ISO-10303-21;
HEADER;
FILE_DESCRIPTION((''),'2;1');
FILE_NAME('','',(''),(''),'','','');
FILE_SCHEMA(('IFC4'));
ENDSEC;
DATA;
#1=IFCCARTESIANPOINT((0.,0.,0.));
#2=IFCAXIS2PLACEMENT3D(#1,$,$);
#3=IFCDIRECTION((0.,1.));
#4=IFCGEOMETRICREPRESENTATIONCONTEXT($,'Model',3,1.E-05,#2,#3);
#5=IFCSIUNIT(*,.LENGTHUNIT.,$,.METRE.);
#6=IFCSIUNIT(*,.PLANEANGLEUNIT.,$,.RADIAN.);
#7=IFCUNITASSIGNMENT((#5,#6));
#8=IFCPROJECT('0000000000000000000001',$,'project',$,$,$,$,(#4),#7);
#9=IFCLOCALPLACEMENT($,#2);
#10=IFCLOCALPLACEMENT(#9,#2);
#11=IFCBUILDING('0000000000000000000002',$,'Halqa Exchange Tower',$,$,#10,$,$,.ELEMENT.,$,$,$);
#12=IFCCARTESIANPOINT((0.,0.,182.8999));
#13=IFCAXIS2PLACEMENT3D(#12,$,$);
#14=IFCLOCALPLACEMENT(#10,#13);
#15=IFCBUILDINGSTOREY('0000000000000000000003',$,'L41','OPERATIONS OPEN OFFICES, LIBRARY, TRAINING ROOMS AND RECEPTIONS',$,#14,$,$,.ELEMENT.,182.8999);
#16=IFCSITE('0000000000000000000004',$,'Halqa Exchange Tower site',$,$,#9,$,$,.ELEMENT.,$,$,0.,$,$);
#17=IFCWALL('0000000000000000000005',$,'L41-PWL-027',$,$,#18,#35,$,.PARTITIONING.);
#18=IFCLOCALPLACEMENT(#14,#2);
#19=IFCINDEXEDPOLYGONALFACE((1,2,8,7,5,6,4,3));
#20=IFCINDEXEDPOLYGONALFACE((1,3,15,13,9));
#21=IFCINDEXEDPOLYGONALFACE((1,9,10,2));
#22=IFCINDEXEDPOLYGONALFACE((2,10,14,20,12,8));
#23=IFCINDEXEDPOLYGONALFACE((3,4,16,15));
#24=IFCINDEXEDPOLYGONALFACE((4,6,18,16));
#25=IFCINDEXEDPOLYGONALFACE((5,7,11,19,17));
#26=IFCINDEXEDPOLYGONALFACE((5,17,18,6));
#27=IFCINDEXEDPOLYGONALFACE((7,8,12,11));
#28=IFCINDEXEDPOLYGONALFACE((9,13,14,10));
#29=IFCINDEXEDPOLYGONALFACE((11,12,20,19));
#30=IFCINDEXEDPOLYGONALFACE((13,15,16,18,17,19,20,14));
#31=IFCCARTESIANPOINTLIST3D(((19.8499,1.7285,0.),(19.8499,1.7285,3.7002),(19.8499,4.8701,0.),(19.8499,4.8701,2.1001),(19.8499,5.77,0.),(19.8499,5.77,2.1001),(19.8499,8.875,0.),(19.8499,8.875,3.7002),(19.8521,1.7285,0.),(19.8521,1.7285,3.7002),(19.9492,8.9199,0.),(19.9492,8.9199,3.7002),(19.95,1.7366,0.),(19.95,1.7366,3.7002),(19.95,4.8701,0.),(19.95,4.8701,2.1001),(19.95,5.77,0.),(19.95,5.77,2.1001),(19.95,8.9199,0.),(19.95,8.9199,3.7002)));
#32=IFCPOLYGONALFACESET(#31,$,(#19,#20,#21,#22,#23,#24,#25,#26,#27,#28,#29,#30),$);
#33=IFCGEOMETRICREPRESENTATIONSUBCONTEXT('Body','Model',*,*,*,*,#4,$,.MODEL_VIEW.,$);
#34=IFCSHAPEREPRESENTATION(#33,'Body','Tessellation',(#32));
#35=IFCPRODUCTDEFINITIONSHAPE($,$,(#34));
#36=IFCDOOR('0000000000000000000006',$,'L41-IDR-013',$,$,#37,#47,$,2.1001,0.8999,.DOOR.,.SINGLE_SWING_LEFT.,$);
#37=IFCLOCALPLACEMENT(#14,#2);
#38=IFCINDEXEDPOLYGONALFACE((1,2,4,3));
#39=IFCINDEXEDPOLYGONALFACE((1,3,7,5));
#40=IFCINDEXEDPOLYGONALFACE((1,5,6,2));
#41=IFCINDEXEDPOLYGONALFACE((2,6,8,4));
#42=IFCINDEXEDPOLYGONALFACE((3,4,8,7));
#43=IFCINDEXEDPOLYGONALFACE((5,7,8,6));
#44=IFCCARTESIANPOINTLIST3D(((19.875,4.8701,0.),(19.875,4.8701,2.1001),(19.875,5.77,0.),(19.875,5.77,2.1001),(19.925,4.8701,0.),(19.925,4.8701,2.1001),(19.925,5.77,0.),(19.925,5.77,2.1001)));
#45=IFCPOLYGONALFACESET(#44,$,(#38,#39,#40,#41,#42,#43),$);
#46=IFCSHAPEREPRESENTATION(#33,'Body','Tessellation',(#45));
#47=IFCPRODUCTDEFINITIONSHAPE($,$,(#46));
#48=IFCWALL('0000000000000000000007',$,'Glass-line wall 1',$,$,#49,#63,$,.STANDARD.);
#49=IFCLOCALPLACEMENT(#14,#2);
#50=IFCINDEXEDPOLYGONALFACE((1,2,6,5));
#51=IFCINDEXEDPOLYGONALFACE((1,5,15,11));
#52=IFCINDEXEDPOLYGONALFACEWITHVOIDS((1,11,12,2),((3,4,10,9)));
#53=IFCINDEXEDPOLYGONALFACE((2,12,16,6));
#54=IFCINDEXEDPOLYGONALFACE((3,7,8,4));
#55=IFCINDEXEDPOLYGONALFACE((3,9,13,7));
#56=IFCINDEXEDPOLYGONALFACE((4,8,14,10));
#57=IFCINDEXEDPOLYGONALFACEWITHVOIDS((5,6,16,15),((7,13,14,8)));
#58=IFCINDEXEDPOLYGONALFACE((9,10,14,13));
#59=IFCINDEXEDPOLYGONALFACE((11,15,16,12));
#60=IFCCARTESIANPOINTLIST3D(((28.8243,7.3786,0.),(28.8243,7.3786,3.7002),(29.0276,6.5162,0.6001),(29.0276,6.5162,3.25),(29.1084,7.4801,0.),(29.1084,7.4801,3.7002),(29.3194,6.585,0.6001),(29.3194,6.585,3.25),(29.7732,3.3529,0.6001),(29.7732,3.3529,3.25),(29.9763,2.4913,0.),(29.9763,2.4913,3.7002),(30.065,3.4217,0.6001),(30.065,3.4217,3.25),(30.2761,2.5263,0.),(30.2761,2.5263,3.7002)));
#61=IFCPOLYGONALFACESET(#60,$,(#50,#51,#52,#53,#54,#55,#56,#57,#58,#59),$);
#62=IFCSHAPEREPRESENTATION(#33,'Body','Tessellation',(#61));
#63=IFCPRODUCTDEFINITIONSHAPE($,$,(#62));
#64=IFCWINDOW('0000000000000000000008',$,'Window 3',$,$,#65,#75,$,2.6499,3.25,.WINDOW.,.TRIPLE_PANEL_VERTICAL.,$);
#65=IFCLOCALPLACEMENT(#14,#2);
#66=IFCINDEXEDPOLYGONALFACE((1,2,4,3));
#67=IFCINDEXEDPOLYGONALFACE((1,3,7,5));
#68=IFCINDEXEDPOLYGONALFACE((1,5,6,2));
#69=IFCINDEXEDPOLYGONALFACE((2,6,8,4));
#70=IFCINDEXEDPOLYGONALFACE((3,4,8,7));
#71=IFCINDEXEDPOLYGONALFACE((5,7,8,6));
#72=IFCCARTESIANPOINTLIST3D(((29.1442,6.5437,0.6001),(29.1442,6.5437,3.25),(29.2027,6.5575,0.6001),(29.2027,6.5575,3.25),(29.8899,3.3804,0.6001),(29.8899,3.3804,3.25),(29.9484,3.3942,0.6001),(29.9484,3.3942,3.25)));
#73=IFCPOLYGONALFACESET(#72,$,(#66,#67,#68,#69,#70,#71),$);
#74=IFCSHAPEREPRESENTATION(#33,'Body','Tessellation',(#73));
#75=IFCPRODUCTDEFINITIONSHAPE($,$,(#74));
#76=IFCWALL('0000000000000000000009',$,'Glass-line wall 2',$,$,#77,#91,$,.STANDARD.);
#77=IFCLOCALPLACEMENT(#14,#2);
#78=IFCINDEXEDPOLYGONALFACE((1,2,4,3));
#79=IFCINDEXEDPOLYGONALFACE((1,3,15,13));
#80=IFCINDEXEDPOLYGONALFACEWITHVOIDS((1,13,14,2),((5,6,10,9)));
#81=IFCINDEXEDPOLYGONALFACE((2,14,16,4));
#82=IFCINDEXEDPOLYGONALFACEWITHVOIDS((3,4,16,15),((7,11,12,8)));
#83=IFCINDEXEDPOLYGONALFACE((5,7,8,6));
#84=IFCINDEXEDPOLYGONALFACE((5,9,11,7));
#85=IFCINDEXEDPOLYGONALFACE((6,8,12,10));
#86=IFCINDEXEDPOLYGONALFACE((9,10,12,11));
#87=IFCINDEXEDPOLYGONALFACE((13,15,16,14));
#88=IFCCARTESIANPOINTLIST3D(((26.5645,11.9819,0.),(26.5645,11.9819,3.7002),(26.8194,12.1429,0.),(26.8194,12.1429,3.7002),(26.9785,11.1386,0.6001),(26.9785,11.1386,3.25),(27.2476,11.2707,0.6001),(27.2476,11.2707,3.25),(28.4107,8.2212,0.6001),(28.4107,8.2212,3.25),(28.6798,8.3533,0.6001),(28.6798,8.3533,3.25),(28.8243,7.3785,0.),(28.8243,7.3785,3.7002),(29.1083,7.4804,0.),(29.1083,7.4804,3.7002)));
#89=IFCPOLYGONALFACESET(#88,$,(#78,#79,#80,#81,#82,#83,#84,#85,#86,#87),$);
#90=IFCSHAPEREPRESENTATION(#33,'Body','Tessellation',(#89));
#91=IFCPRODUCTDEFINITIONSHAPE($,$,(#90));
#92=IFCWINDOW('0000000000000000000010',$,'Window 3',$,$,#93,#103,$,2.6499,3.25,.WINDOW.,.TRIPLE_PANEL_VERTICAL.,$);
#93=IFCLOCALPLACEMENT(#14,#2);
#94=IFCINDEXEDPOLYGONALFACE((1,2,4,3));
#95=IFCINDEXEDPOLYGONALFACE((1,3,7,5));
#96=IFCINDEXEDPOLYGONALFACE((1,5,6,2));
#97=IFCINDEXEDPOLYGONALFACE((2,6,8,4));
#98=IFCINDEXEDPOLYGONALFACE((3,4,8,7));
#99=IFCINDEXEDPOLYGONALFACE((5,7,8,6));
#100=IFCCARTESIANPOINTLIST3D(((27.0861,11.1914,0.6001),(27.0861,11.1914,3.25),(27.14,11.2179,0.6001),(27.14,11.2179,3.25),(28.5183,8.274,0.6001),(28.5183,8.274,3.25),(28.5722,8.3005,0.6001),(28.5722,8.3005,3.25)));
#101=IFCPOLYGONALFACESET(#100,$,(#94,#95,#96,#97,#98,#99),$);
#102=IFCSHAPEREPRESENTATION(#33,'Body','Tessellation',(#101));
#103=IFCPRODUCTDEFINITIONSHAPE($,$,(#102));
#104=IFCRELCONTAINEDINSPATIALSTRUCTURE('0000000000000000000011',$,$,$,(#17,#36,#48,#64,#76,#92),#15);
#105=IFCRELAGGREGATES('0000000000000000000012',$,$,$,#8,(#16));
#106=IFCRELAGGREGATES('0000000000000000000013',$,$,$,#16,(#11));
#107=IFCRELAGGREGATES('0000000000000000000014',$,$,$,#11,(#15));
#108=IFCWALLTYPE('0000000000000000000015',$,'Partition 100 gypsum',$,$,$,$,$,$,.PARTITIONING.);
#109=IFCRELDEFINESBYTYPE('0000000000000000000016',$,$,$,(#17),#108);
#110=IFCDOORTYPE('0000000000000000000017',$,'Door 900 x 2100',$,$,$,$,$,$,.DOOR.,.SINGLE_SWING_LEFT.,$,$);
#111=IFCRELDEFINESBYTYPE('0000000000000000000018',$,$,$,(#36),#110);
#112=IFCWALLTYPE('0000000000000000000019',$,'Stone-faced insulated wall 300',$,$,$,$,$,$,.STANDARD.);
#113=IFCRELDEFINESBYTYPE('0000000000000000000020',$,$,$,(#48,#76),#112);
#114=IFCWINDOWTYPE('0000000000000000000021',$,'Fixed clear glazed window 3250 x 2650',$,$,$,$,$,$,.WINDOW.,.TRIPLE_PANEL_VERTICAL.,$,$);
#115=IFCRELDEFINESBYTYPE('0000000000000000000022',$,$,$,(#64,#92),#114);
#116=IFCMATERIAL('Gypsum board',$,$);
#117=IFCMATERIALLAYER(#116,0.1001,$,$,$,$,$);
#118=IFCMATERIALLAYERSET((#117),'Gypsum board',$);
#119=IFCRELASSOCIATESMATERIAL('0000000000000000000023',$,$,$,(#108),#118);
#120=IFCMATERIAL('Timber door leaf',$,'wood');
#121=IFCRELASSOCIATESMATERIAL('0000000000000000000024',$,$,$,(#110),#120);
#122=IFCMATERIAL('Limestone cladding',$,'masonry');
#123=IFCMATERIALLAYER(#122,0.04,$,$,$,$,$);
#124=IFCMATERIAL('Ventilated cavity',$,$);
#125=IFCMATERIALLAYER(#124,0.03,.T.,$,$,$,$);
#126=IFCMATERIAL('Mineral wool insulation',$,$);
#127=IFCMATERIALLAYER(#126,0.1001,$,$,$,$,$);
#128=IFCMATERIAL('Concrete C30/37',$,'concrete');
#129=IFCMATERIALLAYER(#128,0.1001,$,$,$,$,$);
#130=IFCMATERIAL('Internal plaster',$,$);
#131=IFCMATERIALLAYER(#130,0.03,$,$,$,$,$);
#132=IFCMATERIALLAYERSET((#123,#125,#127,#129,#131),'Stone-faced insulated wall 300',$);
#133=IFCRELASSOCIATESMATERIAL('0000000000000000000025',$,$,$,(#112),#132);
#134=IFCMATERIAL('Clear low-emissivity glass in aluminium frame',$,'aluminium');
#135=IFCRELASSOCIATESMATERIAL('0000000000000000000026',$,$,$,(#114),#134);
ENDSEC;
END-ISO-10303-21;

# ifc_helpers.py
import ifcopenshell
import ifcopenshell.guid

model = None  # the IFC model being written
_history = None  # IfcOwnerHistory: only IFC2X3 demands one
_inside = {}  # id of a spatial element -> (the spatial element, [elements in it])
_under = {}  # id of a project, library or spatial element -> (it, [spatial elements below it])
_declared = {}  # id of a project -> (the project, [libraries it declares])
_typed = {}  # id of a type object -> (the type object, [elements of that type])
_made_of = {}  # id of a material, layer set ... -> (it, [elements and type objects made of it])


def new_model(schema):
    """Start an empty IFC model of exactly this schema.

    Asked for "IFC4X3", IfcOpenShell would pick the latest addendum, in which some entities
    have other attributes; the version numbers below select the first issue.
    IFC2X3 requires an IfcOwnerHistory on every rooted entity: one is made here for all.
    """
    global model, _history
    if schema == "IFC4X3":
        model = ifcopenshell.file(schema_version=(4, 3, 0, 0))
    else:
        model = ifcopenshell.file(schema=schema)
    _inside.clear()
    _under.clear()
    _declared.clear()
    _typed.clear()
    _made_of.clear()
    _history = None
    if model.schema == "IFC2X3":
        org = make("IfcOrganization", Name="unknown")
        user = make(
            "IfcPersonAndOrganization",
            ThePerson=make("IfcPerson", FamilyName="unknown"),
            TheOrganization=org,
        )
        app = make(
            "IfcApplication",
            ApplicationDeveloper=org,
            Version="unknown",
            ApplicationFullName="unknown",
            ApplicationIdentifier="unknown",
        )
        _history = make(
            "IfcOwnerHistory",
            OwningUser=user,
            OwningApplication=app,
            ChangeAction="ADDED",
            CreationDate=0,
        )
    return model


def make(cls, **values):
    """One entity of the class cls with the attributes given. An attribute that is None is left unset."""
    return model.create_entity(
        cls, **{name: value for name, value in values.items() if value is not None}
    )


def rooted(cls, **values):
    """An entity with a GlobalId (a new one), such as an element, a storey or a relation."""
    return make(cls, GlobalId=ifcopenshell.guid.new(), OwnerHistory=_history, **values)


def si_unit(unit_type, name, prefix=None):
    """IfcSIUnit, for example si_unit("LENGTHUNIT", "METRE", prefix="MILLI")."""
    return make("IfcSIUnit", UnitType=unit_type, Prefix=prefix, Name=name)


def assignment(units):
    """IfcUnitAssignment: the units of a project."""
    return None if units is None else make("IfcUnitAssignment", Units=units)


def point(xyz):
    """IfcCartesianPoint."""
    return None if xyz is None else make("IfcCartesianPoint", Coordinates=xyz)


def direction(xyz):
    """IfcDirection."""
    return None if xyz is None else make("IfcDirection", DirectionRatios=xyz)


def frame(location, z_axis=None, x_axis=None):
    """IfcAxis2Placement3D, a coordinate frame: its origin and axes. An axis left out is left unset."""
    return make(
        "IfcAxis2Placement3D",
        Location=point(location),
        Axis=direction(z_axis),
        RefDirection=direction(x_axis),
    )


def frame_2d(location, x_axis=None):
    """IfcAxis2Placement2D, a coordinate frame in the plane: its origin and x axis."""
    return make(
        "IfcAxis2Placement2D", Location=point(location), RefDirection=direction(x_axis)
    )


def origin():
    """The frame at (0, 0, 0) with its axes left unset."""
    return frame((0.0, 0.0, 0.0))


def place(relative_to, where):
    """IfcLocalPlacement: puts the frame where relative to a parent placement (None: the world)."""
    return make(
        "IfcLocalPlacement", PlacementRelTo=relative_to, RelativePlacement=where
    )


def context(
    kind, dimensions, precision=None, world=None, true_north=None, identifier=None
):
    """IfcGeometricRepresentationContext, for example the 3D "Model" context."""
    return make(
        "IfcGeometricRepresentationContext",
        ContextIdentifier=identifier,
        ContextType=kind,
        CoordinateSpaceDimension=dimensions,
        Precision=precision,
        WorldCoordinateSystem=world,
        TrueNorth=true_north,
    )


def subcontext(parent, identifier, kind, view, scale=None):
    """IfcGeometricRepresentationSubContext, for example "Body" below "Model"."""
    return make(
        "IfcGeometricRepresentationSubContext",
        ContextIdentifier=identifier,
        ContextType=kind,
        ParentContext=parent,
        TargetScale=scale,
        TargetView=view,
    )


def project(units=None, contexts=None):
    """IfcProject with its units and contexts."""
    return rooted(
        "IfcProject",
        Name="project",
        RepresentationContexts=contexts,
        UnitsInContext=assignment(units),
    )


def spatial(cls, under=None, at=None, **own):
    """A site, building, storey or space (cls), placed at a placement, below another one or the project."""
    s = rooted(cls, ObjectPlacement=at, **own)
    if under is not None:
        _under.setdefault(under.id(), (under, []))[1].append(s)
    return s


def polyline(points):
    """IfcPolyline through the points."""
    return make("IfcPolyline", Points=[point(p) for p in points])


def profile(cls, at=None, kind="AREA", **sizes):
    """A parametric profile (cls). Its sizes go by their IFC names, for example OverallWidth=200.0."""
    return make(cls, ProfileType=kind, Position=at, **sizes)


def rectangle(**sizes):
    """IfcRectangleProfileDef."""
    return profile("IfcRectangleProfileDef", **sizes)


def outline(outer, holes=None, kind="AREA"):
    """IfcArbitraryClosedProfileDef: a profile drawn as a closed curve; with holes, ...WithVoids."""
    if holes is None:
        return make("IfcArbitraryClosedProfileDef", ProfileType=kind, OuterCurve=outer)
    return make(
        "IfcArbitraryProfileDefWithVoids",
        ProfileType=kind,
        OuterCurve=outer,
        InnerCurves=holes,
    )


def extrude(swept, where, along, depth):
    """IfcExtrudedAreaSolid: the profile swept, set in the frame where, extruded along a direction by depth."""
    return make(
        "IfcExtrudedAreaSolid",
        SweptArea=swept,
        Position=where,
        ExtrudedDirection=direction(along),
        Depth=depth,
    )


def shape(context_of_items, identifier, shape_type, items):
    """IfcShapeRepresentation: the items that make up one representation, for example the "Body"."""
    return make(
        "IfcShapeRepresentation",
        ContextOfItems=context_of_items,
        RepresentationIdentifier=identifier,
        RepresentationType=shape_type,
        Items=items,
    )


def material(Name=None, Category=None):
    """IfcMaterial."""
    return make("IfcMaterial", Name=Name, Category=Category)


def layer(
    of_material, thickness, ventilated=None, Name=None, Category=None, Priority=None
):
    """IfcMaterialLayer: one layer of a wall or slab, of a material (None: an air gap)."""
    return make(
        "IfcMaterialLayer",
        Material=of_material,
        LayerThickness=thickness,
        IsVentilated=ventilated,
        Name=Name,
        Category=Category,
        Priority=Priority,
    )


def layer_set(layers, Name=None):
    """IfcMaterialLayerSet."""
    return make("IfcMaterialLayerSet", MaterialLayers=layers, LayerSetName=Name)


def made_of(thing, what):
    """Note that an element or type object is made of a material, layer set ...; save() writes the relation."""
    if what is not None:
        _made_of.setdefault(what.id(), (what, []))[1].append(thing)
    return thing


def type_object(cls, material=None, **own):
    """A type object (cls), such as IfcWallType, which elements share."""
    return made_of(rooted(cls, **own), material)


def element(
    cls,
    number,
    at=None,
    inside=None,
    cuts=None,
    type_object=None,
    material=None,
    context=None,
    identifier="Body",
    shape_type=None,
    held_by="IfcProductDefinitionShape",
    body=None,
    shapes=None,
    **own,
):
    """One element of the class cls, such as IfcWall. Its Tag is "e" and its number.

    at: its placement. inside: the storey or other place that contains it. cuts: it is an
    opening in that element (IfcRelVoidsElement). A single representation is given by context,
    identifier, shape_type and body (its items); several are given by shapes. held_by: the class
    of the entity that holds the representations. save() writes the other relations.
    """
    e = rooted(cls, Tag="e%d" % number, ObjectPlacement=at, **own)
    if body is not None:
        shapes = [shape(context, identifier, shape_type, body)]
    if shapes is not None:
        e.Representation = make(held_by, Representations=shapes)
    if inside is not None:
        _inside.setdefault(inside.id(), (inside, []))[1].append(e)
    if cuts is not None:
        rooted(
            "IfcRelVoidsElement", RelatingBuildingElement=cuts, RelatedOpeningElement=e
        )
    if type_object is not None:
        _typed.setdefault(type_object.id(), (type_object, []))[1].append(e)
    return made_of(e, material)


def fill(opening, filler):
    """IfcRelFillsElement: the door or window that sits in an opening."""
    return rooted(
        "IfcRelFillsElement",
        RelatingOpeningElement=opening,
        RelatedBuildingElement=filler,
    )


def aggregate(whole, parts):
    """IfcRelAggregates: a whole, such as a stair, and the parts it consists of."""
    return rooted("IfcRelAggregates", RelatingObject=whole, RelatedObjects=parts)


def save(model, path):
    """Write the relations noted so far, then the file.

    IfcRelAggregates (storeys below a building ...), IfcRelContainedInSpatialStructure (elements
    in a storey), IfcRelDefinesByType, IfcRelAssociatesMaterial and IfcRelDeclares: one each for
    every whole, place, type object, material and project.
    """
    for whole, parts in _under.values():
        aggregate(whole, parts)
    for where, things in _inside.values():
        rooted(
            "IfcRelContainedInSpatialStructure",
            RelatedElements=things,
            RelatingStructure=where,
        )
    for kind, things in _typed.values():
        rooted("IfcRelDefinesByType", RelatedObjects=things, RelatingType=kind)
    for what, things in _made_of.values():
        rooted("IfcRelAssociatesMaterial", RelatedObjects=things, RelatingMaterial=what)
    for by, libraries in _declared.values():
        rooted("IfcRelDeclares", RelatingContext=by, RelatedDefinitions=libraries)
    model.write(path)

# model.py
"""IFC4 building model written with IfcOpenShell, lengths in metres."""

from ifc_helpers import new_model, si_unit, direction, frame, frame_2d, origin, place, context, subcontext, project, spatial, polyline, rectangle, outline, extrude, material, layer, layer_set, type_object, element, fill, save


model = new_model("IFC4")

# Units and contexts
model_context = context("Model", 3, precision=1e-05, world=origin(), true_north=direction((0.0, 1.0)))
body_context = subcontext(model_context, "Body", "Model", "MODEL_VIEW")
ifc_project = project(units=[si_unit("LENGTHUNIT", "METRE"), si_unit("PLANEANGLEUNIT", "RADIAN")], contexts=[model_context])

# Site, building, storey
site_placement = place(None, origin())
site = spatial("IfcSite", under=ifc_project, at=site_placement, Name="Halqa Exchange Tower site", CompositionType="ELEMENT", RefElevation=0.0)
building_placement = place(site_placement, origin())
building = spatial("IfcBuilding", under=site, at=building_placement, Name="Halqa Exchange Tower", CompositionType="ELEMENT")
storey_placement = place(building_placement, frame((0.0, 0.0, 182.8999)))
storey = spatial("IfcBuildingStorey", under=building, at=storey_placement, Name="L41", Description="OPERATIONS OPEN OFFICES, LIBRARY, TRAINING ROOMS AND RECEPTIONS", CompositionType="ELEMENT", Elevation=182.8999)

# Wall, opening, door
ifc_material_1 = material(Name="Gypsum board")
ifc_layer_1 = layer(ifc_material_1, 0.1001)
ifc_layer_set_1 = layer_set([ifc_layer_1], Name="Gypsum board")
wall_type_1 = type_object("IfcWallType", Name="Partition 100 gypsum", PredefinedType="PARTITIONING", material=ifc_layer_set_1)
wall_1_placement = place(storey_placement, frame((19.8999, 8.9199, 0.0), z_axis=(0.0, 0.0, 1.0), x_axis=(0.0, -1.0, 0.0)))
wall_1 = element("IfcWall", 1, at=wall_1_placement, inside=storey, type_object=wall_type_1, Name="L41-PWL-027", PredefinedType="PARTITIONING", context=body_context, shape_type="SweptSolid", body=[
    extrude(outline(polyline([(7.1914, -0.05), (7.1914, -0.0479), (7.1833, 0.05), (5.3875, 0.05), (3.5916, 0.05), (1.7959, 0.05), (0.0, 0.05), (0.0, 0.0493), (0.0449, -0.05), (1.8315, -0.05), (3.6182, -0.05), (5.4048, -0.05), (7.1914, -0.05)])), origin(), (0.0, 0.0, 1.0), 3.7002),
])
opening_1_placement = place(wall_1_placement, frame((3.1499, 0.0, 0.0)))
opening_1 = element("IfcOpeningElement", 2, at=opening_1_placement, cuts=wall_1, PredefinedType="OPENING", context=body_context, shape_type="SweptSolid", body=[
    extrude(rectangle(XDim=0.8999, YDim=2.1001, at=frame_2d((0.45, 1.05))), frame((0.0, 0.062, 0.0), z_axis=(0.0, -1.0, 0.0), x_axis=(1.0, 0.0, 0.0)), (0.0, 0.0, 1.0), 0.124),
])
ifc_material_2 = material(Name="Timber door leaf", Category="wood")
door_type_1 = type_object("IfcDoorType", Name="Door 900 x 2100", OperationType="SINGLE_SWING_LEFT", PredefinedType="DOOR", material=ifc_material_2)
door_1_placement = place(opening_1_placement, frame((0.8999, 0.0, 0.0), z_axis=(0.0, 0.0, 1.0), x_axis=(-1.0, 0.0, 0.0)))
door_1 = element("IfcDoor", 3, at=door_1_placement, inside=storey, type_object=door_type_1, Name="L41-IDR-013", OperationType="SINGLE_SWING_LEFT", OverallHeight=2.1001, OverallWidth=0.8999, PredefinedType="DOOR", context=body_context, shape_type="SweptSolid", body=[
    extrude(rectangle(XDim=0.8999, YDim=2.1001, at=frame_2d((0.45, 1.05))), frame((0.0, 0.0249, 0.0), z_axis=(0.0, -1.0, 0.0), x_axis=(1.0, 0.0, 0.0)), (0.0, 0.0, 1.0), 0.05),
])
fill(opening_1, door_1)

# Walls, openings, windows
ifc_material_3 = material(Name="Limestone cladding", Category="masonry")
ifc_layer_2 = layer(ifc_material_3, 0.04)
ifc_material_4 = material(Name="Ventilated cavity")
ifc_layer_3 = layer(ifc_material_4, 0.03, ventilated=True)
ifc_material_5 = material(Name="Mineral wool insulation")
ifc_layer_4 = layer(ifc_material_5, 0.1001)
ifc_material_6 = material(Name="Concrete C30/37", Category="concrete")
ifc_layer_5 = layer(ifc_material_6, 0.1001)
ifc_material_7 = material(Name="Internal plaster")
ifc_layer_6 = layer(ifc_material_7, 0.03)
ifc_layer_set_2 = layer_set([ifc_layer_2, ifc_layer_3, ifc_layer_4, ifc_layer_5, ifc_layer_6], Name="Stone-faced insulated wall 300")
wall_type_2 = type_object("IfcWallType", Name="Stone-faced insulated wall 300", PredefinedType="STANDARD", material=ifc_layer_set_2)
wall_2_placement = place(storey_placement, frame((30.1262, 2.5088, 0.0), z_axis=(0.0, 0.0, 1.0), x_axis=(-0.229435, 0.973324, 0.0)))
wall_2 = element("IfcWall", 4, at=wall_2_placement, inside=storey, type_object=wall_type_2, Name="Glass-line wall 1", PredefinedType="STANDARD", context=body_context, shape_type="SweptSolid", body=[
    extrude(outline(polyline([(-0.0173, -0.1499), (5.0723, -0.1499), (5.0386, 0.1499), (0.0173, 0.1499), (-0.0173, -0.1499)])), origin(), (0.0, 0.0, 1.0), 3.7002),
])
opening_2_placement = place(wall_2_placement, frame((0.9026, 0.0, 0.6001)))
opening_2 = element("IfcOpeningElement", 5, at=opening_2_placement, cuts=wall_2, PredefinedType="OPENING", context=body_context, shape_type="SweptSolid", body=[
    extrude(rectangle(XDim=3.25, YDim=2.6499, at=frame_2d((1.625, 1.325))), frame((0.0, 0.1621, 0.0), z_axis=(0.0, -1.0, 0.0), x_axis=(1.0, 0.0, 0.0)), (0.0, 0.0, 1.0), 0.324),
])
ifc_material_8 = material(Name="Clear low-emissivity glass in aluminium frame", Category="aluminium")
window_type = type_object("IfcWindowType", Name="Fixed clear glazed window 3250 x 2650", PartitioningType="TRIPLE_PANEL_VERTICAL", PredefinedType="WINDOW", material=ifc_material_8)
window_1_placement = place(opening_2_placement, origin())
window_1 = element("IfcWindow", 6, at=window_1_placement, inside=storey, type_object=window_type, Name="Window 3", OverallHeight=2.6499, OverallWidth=3.25, PartitioningType="TRIPLE_PANEL_VERTICAL", PredefinedType="WINDOW", context=body_context, shape_type="SweptSolid", body=[
    extrude(rectangle(XDim=3.25, YDim=2.6499, at=frame_2d((1.625, 1.325))), frame((0.0, 0.03, 0.0), z_axis=(0.0, -1.0, 0.0), x_axis=(1.0, 0.0, 0.0)), (0.0, 0.0, 1.0), 0.0601),
])
fill(opening_2, window_1)
wall_3_placement = place(storey_placement, frame((28.9663, 7.4294, 0.0), z_axis=(0.0, 0.0, 1.0), x_axis=(-0.440674, 0.897667, 0.0)))
wall_3 = element("IfcWall", 7, at=wall_3_placement, inside=storey, type_object=wall_type_2, Name="Glass-line wall 2", PredefinedType="STANDARD", context=body_context, shape_type="SweptSolid", body=[
    extrude(outline(polyline([(-0.0168, -0.1499), (5.1772, -0.1499), (5.145, 0.1499), (0.0168, 0.1499), (-0.0168, -0.1499)])), origin(), (0.0, 0.0, 1.0), 3.7002),
])
opening_3_placement = place(wall_3_placement, frame((0.9556, 0.0, 0.6001)))
opening_3 = element("IfcOpeningElement", 8, at=opening_3_placement, cuts=wall_3, PredefinedType="OPENING", context=body_context, shape_type="SweptSolid", body=[
    extrude(rectangle(XDim=3.25, YDim=2.6499, at=frame_2d((1.625, 1.325))), frame((0.0, 0.1621, 0.0), z_axis=(0.0, -1.0, 0.0), x_axis=(1.0, 0.0, 0.0)), (0.0, 0.0, 1.0), 0.324),
])
window_2_placement = place(opening_3_placement, origin())
window_2 = element("IfcWindow", 9, at=window_2_placement, inside=storey, type_object=window_type, Name="Window 3", OverallHeight=2.6499, OverallWidth=3.25, PartitioningType="TRIPLE_PANEL_VERTICAL", PredefinedType="WINDOW", context=body_context, shape_type="SweptSolid", body=[
    extrude(rectangle(XDim=3.25, YDim=2.6499, at=frame_2d((1.625, 1.325))), frame((0.0, 0.03, 0.0), z_axis=(0.0, -1.0, 0.0), x_axis=(1.0, 0.0, 0.0)), (0.0, 0.0, 1.0), 0.0601),
])
fill(opening_3, window_2)

save(model, "model.ifc")
